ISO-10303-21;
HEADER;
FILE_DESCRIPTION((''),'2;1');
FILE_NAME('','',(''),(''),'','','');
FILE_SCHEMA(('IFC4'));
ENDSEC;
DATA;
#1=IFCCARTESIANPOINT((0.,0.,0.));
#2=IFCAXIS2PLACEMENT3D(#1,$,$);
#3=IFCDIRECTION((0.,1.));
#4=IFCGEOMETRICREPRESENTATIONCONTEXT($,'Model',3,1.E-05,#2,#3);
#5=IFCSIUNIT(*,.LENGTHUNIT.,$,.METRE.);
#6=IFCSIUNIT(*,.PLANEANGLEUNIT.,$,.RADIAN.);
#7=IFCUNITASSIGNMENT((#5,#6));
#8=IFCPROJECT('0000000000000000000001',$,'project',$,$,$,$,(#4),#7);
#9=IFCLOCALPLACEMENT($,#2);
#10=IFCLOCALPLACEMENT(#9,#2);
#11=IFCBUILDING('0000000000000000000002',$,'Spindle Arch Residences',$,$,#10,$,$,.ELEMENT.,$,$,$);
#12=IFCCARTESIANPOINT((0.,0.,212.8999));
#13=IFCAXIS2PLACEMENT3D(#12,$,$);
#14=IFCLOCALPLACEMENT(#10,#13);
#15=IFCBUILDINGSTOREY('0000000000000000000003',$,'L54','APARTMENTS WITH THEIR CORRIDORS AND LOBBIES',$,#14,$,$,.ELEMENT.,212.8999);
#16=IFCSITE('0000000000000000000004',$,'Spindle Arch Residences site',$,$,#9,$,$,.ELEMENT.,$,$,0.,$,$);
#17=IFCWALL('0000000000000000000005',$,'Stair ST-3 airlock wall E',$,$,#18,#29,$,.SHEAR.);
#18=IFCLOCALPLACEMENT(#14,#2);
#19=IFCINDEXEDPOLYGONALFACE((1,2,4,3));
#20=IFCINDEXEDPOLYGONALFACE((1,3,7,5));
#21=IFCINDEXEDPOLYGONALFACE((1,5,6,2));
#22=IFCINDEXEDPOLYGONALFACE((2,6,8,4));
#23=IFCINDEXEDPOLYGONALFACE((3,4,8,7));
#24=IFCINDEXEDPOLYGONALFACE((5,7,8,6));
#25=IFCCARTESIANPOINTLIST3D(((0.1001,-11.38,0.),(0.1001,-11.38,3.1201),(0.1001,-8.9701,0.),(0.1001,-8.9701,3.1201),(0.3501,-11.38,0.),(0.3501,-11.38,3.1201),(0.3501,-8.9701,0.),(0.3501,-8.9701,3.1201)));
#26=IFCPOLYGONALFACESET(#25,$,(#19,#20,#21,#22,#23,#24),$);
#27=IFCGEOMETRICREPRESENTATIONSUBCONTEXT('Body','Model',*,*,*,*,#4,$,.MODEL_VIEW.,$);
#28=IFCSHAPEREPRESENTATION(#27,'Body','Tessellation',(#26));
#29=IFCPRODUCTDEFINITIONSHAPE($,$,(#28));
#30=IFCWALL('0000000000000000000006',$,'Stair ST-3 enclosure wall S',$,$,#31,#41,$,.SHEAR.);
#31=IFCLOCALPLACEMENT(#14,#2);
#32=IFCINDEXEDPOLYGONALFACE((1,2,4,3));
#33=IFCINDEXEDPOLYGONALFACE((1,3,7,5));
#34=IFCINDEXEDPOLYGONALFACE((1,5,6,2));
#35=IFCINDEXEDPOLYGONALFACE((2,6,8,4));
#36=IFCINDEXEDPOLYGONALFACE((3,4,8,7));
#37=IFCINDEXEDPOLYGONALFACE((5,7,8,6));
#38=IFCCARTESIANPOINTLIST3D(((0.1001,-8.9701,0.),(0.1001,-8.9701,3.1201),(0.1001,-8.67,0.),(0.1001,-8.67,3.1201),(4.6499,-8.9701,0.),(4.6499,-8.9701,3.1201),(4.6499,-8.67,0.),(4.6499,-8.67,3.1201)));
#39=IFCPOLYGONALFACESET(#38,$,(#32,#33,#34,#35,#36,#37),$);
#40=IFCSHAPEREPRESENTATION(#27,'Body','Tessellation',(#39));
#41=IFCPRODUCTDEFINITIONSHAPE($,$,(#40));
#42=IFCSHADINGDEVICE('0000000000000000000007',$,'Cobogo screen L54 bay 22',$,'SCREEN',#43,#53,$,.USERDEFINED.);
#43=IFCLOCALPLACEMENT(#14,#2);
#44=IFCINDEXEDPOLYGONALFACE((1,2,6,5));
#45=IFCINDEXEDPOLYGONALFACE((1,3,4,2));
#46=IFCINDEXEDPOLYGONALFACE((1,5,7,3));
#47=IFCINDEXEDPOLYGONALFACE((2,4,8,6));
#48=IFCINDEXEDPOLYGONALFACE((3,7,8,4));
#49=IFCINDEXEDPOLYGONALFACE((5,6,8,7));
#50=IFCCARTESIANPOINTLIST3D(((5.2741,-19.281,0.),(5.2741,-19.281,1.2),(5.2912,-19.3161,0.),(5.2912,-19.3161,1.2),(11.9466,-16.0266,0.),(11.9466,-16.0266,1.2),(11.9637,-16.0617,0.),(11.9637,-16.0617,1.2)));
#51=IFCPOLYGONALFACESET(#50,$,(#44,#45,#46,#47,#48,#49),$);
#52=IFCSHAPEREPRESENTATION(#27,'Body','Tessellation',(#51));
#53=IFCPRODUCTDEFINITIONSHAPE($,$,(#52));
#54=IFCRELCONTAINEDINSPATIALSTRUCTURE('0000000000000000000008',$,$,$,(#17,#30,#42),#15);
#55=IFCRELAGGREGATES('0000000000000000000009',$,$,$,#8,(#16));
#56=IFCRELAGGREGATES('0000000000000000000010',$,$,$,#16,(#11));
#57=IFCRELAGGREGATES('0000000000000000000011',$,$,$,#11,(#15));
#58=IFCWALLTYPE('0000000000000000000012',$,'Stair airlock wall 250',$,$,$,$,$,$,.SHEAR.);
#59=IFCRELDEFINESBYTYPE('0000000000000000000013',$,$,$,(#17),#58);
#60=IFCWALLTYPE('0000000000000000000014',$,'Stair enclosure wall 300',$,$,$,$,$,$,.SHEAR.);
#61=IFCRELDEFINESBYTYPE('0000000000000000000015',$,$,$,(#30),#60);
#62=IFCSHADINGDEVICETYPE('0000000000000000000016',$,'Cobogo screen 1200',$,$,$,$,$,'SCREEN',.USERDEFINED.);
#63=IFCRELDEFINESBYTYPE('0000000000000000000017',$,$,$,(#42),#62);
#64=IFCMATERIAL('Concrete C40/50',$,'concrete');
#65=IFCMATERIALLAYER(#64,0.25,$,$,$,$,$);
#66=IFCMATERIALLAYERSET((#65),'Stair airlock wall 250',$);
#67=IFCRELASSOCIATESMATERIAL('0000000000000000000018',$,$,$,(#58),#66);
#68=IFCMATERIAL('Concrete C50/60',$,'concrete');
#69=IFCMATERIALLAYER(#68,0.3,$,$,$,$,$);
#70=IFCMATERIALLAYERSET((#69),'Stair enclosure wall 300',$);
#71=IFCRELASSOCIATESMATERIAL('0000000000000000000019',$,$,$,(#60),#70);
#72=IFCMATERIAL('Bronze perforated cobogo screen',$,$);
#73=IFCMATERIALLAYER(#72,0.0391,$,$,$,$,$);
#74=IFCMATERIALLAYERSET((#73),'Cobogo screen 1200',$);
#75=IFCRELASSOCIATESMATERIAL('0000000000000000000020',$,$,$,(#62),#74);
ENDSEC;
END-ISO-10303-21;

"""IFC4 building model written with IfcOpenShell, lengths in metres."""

from ifc_helpers import new_model, si_unit, direction, frame, frame_2d, origin, origin_2d, place, context, subcontext, project, spatial, rectangle, extrude, material, layer, layer_set, type_object, element, save


model = new_model("IFC4")

# Units and contexts
model_context = context("Model", 3, precision=1e-05, world=origin(), true_north=direction((0.0, 1.0)))
body_context = subcontext(model_context, "Body", "Model", "MODEL_VIEW")
ifc_project = project(units=[si_unit("LENGTHUNIT", "METRE"), si_unit("PLANEANGLEUNIT", "RADIAN")], contexts=[model_context])

# Site, building, storey
site_placement = place(None, origin())
site = spatial("IfcSite", under=ifc_project, at=site_placement, Name="Spindle Arch Residences site", CompositionType="ELEMENT", RefElevation=0.0)
building_placement = place(site_placement, origin())
building = spatial("IfcBuilding", under=site, at=building_placement, Name="Spindle Arch Residences", CompositionType="ELEMENT")
storey_placement = place(building_placement, frame((0.0, 0.0, 212.8999)))
storey = spatial("IfcBuildingStorey", under=building, at=storey_placement, Name="L54", Description="APARTMENTS WITH THEIR CORRIDORS AND LOBBIES", CompositionType="ELEMENT", Elevation=212.8999)

# Walls
ifc_material_1 = material(Name="Concrete C40/50", Category="concrete")
ifc_layer_1 = layer(ifc_material_1, 0.25)
ifc_layer_set_1 = layer_set([ifc_layer_1], Name="Stair airlock wall 250")
wall_type_1 = type_object("IfcWallType", Name="Stair airlock wall 250", PredefinedType="SHEAR", material=ifc_layer_set_1)
wall_1_placement = place(storey_placement, frame((0.2251, -8.97, 0.0), z_axis=(0.0, 0.0, 1.0), x_axis=(0.0, -1.0, 0.0)))
element("IfcWall", 1, at=wall_1_placement, inside=storey, type_object=wall_type_1, Name="Stair ST-3 airlock wall E", PredefinedType="SHEAR", context=body_context, shape_type="SweptSolid", body=[
    extrude(rectangle(XDim=2.4099, YDim=0.25, at=frame_2d((1.2051, 0.0))), origin(), (0.0, 0.0, 1.0), 3.1201),
])
ifc_material_2 = material(Name="Concrete C50/60", Category="concrete")
ifc_layer_2 = layer(ifc_material_2, 0.3)
ifc_layer_set_2 = layer_set([ifc_layer_2], Name="Stair enclosure wall 300")
wall_type_2 = type_object("IfcWallType", Name="Stair enclosure wall 300", PredefinedType="SHEAR", material=ifc_layer_set_2)
wall_2_placement = place(storey_placement, frame((0.1001, -8.8201, 0.0), z_axis=(0.0, 0.0, 1.0), x_axis=(1.0, 0.0, 0.0)))
element("IfcWall", 2, at=wall_2_placement, inside=storey, type_object=wall_type_2, Name="Stair ST-3 enclosure wall S", PredefinedType="SHEAR", context=body_context, shape_type="SweptSolid", body=[
    extrude(rectangle(XDim=4.5498, YDim=0.3, at=frame_2d((2.2749, 0.0))), origin(), (0.0, 0.0, 1.0), 3.1201),
])

# Shading device
ifc_material_3 = material(Name="Bronze perforated cobogo screen")
ifc_layer_3 = layer(ifc_material_3, 0.0391)
ifc_layer_set_3 = layer_set([ifc_layer_3], Name="Cobogo screen 1200")
shading_device_type = type_object("IfcShadingDeviceType", Name="Cobogo screen 1200", ElementType="SCREEN", PredefinedType="USERDEFINED", material=ifc_layer_set_3)
shading_device_placement = place(storey_placement, frame((8.6189, -17.6714, 0.0), z_axis=(0.0, 0.0, 1.0), x_axis=(0.898794, 0.438371, 0.0)))
element("IfcShadingDevice", 3, at=shading_device_placement, inside=storey, type_object=shading_device_type, Name="Cobogo screen L54 bay 22", ObjectType="SCREEN", PredefinedType="USERDEFINED", context=body_context, shape_type="SweptSolid", body=[
    extrude(rectangle(XDim=7.4238, YDim=0.0391, at=origin_2d()), origin(), (0.0, 0.0, 1.0), 1.2),
])

save(model, "model.ifc")
